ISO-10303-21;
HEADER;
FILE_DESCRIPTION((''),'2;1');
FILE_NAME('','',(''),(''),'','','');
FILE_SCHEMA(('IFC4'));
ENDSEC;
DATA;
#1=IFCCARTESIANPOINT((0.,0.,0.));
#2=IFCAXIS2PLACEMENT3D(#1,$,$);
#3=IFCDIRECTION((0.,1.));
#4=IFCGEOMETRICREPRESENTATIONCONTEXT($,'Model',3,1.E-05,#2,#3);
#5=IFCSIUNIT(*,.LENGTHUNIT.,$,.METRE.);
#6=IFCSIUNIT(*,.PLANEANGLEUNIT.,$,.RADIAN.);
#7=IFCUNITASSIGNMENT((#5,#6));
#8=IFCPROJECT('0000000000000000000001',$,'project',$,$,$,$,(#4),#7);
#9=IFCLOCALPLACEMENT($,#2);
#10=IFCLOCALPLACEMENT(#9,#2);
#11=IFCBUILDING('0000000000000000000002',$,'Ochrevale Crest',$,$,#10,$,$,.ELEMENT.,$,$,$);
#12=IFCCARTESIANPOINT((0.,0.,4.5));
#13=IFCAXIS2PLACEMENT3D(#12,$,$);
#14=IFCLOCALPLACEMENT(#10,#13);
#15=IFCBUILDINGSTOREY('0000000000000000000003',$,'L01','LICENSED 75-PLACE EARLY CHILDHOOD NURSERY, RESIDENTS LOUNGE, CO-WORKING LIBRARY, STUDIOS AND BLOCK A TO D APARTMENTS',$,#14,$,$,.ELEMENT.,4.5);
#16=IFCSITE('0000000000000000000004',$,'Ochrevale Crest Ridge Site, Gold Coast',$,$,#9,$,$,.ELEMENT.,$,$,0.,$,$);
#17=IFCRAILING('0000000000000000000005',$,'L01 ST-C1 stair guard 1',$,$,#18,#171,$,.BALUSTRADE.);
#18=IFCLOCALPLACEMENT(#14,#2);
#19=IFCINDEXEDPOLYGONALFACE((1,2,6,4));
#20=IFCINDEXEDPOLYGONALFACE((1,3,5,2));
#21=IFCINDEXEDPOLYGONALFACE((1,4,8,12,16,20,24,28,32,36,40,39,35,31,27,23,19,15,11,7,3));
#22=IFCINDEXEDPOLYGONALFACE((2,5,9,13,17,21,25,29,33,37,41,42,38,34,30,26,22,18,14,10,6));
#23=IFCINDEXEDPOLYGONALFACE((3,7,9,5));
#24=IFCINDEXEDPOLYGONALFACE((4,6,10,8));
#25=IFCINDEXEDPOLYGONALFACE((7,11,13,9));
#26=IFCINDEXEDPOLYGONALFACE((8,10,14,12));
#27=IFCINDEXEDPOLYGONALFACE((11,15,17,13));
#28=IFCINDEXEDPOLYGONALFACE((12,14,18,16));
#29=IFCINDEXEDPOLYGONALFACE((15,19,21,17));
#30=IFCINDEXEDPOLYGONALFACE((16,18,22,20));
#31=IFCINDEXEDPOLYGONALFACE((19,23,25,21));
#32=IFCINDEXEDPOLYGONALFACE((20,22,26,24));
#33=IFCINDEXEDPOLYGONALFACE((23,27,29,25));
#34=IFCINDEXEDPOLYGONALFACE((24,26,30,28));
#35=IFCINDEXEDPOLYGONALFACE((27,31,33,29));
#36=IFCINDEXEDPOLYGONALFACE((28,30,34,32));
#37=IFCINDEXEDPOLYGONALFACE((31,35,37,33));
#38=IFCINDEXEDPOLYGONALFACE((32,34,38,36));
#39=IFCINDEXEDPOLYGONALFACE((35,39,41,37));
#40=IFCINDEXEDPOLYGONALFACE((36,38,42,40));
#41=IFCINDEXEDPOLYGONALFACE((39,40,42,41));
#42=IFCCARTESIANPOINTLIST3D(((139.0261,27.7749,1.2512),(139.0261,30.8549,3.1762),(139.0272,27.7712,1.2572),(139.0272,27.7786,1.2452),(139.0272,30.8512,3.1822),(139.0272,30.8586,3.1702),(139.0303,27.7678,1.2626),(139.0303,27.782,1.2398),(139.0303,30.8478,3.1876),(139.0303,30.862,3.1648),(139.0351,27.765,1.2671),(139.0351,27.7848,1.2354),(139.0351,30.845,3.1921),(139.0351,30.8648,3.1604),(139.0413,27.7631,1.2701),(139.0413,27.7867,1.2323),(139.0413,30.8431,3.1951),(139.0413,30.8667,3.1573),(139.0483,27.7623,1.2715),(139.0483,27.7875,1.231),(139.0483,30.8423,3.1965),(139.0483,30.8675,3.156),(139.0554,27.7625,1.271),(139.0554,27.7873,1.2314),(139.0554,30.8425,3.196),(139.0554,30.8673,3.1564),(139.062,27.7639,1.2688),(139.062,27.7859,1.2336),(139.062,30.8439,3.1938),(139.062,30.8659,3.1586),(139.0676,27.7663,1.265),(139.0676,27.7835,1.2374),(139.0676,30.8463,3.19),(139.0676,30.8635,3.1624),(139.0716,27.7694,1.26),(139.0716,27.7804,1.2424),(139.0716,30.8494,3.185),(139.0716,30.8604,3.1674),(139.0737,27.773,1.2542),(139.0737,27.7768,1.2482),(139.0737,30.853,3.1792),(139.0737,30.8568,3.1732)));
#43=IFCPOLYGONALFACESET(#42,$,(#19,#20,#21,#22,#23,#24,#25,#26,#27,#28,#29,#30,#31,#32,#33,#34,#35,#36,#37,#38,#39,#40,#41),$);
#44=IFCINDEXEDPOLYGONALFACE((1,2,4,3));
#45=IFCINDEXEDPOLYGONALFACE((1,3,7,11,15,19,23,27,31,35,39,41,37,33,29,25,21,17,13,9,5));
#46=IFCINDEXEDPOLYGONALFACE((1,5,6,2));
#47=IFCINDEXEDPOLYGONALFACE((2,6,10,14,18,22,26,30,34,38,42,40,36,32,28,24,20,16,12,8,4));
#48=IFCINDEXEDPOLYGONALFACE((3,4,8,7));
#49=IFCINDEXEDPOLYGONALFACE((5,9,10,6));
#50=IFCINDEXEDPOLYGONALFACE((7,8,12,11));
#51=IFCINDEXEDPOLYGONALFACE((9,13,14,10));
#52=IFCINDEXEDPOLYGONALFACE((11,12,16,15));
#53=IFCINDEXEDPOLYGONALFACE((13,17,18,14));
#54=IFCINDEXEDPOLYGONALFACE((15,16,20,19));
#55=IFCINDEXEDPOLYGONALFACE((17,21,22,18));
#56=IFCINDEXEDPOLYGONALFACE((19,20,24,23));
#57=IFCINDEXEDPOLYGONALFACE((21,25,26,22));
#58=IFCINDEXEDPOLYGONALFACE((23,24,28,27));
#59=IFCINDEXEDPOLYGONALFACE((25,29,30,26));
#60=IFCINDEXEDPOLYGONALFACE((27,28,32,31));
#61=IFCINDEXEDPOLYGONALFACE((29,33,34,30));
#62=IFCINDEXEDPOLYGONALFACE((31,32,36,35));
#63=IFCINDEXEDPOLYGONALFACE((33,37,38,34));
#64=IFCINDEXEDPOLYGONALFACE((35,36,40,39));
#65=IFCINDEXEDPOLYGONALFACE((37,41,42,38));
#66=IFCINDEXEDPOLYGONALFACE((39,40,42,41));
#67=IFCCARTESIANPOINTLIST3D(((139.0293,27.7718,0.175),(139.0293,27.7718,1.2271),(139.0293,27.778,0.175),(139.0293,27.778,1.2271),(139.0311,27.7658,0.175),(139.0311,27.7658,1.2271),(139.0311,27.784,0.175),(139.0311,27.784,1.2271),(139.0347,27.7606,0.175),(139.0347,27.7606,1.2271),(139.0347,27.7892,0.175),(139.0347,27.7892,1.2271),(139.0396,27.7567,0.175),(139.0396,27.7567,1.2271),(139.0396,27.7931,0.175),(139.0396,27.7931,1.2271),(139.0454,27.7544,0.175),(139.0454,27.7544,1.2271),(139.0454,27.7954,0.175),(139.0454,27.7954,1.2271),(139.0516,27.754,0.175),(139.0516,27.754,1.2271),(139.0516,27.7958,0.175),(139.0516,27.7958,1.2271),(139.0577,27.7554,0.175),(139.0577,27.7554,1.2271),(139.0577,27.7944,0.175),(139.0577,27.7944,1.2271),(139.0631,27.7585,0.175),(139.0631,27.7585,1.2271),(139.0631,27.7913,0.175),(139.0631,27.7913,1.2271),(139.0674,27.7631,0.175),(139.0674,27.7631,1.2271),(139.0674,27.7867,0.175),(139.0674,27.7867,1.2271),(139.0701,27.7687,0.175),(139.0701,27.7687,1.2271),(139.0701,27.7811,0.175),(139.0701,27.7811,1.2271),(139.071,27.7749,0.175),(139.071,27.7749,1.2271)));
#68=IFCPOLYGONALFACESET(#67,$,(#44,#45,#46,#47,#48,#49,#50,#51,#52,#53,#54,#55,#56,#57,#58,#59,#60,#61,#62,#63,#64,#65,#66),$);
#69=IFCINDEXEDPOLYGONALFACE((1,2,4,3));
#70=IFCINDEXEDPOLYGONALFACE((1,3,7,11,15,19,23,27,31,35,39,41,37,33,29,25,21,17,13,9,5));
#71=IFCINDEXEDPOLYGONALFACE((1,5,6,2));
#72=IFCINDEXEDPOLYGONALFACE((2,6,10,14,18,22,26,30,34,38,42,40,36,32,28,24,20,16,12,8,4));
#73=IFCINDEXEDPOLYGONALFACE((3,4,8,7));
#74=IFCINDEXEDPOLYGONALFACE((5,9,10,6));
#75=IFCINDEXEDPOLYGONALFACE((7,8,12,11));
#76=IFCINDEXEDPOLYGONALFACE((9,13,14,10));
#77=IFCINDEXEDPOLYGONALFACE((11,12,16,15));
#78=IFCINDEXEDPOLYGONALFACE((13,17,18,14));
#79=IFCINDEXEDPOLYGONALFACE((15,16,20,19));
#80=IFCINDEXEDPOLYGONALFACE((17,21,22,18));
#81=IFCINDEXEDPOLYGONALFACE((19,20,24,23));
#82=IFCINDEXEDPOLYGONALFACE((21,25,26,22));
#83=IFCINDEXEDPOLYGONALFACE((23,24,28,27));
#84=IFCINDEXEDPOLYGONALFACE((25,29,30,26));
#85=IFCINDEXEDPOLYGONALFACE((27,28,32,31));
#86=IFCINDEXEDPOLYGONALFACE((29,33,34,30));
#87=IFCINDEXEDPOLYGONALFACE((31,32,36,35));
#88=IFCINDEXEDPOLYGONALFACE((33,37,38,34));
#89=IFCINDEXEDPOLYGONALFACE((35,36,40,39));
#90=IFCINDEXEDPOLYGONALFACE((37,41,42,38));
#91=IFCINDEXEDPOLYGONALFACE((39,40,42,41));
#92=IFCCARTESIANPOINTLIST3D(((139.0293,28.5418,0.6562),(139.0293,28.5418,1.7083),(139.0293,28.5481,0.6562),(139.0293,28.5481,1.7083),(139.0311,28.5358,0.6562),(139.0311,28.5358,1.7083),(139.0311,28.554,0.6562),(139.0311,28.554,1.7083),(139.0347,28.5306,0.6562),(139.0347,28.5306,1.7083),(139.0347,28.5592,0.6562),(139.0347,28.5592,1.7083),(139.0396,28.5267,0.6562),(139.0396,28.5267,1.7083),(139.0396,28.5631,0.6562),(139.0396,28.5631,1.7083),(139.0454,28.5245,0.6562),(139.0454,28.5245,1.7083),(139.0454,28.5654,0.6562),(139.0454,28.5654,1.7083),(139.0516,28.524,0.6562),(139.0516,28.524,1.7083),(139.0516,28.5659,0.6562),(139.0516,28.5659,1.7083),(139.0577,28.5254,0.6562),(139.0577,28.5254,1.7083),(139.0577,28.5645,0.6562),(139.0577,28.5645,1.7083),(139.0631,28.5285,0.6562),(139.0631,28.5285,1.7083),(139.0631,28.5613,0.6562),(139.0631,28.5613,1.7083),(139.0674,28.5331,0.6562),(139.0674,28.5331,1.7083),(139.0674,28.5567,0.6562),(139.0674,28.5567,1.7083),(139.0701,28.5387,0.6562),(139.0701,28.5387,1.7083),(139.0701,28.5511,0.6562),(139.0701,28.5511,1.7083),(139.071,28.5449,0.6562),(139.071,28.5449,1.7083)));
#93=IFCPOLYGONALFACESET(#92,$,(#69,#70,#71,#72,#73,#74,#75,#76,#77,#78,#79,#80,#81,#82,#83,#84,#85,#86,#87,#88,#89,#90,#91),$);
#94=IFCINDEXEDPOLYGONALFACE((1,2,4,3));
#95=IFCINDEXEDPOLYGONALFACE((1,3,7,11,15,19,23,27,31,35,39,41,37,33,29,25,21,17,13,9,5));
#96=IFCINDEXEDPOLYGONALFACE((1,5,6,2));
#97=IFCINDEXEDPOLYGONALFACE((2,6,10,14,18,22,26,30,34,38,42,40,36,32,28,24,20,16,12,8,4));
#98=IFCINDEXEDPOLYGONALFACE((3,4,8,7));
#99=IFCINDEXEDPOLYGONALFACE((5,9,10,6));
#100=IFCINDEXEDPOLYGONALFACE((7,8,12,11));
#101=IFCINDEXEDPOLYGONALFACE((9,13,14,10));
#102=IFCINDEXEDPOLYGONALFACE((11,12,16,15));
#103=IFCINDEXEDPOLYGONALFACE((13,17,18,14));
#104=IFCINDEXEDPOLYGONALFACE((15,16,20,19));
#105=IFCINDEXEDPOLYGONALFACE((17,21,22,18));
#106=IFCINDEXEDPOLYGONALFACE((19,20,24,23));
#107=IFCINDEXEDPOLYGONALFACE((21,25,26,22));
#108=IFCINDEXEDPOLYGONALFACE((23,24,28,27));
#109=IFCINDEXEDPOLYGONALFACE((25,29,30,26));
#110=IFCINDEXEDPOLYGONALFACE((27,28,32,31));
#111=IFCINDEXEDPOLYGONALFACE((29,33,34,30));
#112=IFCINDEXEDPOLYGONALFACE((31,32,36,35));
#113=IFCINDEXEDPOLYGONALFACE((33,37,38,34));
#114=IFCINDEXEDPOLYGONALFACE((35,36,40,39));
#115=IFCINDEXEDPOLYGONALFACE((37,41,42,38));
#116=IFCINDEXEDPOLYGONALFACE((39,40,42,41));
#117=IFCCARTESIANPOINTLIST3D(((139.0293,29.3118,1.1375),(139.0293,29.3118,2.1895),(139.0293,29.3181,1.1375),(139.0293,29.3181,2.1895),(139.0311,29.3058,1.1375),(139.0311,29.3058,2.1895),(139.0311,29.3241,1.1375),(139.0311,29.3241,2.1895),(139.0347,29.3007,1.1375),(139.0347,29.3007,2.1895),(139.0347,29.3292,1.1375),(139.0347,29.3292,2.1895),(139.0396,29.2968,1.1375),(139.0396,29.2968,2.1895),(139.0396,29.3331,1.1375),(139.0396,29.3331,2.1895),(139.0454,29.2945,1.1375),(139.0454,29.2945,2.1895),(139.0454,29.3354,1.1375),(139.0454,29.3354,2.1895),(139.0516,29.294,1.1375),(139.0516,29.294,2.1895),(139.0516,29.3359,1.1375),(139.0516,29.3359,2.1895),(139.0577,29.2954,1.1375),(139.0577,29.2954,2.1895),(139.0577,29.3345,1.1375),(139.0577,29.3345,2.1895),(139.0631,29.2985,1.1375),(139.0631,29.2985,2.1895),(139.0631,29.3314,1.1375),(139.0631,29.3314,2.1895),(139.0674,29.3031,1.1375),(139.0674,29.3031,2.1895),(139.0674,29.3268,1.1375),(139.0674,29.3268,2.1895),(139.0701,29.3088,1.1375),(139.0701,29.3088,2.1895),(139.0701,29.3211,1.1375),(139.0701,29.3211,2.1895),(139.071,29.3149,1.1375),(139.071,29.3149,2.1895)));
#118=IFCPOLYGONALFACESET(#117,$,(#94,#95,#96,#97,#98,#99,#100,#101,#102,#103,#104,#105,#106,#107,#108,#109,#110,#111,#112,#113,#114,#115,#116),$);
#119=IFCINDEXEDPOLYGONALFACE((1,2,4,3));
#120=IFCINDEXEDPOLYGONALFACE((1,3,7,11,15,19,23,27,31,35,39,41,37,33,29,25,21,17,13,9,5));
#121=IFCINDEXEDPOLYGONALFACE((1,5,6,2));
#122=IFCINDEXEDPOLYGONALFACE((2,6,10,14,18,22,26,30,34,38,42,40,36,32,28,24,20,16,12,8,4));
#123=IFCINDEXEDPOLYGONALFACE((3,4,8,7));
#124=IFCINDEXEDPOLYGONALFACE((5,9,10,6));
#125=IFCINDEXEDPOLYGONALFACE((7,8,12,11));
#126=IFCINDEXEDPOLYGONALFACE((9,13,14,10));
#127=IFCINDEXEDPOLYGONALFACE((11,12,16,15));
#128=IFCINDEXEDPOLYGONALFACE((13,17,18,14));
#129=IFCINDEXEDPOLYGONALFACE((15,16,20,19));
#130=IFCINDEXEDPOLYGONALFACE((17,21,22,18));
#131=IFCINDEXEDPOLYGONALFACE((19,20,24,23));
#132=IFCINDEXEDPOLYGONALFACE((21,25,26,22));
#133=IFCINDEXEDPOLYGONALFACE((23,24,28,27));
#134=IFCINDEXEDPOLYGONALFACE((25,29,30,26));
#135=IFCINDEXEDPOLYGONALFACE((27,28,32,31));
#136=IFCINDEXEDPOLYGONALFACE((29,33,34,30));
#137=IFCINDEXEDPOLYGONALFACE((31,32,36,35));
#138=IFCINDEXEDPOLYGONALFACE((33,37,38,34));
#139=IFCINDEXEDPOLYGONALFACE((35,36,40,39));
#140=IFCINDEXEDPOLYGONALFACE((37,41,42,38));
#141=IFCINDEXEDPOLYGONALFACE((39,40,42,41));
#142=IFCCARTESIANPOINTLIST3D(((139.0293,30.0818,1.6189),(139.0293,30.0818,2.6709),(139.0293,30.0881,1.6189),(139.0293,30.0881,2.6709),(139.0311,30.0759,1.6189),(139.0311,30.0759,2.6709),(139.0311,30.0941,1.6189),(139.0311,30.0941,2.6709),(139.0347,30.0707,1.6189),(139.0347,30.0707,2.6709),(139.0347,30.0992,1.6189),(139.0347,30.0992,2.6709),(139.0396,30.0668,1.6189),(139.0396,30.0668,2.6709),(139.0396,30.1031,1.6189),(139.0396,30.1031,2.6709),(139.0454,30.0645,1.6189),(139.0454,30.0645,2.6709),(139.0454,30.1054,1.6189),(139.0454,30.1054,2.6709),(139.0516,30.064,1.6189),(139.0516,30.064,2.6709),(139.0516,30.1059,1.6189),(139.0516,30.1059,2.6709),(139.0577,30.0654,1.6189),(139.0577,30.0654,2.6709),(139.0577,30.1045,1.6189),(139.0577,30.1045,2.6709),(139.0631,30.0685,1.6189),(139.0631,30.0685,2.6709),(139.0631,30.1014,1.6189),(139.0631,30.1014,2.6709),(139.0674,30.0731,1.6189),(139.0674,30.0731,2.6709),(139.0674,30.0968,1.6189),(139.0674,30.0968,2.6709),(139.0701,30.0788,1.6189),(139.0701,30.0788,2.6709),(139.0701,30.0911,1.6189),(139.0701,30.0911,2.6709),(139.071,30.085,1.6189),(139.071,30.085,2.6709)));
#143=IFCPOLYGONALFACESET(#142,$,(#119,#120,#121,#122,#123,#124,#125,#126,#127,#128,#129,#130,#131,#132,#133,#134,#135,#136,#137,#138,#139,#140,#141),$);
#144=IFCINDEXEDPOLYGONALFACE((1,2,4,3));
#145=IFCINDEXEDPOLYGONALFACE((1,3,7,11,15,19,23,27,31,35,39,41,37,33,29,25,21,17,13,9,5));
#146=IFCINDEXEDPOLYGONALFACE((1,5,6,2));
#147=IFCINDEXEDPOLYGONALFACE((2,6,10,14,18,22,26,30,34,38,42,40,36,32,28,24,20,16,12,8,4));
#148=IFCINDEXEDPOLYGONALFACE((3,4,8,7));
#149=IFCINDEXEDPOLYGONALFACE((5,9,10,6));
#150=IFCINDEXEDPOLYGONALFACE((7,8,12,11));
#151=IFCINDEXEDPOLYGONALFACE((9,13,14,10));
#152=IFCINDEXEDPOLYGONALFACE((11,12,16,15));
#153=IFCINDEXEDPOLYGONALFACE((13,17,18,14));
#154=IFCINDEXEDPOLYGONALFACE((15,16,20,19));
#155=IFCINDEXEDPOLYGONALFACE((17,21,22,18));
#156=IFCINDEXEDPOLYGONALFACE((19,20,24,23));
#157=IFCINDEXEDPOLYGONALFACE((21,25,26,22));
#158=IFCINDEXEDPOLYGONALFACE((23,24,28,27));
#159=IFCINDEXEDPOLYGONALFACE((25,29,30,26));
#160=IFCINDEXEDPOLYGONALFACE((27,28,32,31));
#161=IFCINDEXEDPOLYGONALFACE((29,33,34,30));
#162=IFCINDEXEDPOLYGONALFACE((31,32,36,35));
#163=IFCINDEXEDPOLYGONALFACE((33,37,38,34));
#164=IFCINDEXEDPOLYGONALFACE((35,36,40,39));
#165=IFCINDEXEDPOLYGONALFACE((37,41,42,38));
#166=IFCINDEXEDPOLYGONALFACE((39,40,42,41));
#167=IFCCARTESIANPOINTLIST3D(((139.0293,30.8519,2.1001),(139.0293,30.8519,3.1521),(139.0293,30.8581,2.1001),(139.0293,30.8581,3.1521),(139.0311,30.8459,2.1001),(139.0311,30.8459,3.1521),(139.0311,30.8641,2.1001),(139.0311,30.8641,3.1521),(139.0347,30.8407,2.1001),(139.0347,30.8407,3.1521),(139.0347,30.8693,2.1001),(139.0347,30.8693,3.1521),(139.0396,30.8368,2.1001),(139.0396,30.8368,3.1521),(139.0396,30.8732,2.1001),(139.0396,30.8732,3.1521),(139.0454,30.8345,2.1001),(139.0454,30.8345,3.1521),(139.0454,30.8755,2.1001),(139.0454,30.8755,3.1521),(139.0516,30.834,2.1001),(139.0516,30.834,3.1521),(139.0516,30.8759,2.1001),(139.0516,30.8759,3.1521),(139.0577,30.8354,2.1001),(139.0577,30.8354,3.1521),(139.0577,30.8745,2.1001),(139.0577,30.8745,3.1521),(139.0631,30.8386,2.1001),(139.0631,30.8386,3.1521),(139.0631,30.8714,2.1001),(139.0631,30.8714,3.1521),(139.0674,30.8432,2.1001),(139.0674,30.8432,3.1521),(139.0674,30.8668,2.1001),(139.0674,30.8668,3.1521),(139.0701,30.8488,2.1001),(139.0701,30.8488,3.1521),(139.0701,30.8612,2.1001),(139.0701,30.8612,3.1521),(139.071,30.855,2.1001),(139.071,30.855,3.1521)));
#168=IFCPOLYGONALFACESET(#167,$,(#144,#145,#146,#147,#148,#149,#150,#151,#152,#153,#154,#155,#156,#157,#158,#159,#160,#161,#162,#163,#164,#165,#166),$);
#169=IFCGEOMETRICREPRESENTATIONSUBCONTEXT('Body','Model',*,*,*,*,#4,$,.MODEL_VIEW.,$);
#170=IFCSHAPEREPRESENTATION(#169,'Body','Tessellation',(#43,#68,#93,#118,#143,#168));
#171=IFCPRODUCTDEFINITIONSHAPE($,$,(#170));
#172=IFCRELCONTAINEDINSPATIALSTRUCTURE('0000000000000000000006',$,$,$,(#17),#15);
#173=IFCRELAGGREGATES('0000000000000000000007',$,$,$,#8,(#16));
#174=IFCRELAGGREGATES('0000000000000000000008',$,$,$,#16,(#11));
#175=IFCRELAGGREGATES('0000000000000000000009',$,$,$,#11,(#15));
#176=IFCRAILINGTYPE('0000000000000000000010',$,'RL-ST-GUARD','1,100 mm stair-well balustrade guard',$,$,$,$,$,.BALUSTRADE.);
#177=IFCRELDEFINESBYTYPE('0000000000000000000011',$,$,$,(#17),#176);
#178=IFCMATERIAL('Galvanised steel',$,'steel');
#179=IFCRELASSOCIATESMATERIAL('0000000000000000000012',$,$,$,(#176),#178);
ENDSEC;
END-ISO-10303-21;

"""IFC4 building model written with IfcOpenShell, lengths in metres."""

from ifc_helpers import new_model, si_unit, direction, frame, origin, origin_2d, place, context, subcontext, project, spatial, circle, extrude, material, type_object, element, save


model = new_model("IFC4")

# Units and contexts
model_context = context("Model", 3, precision=1e-05, world=origin(), true_north=direction((0.0, 1.0)))
body_context = subcontext(model_context, "Body", "Model", "MODEL_VIEW")
ifc_project = project(units=[si_unit("LENGTHUNIT", "METRE"), si_unit("PLANEANGLEUNIT", "RADIAN")], contexts=[model_context])

# Site, building, storey
site_placement = place(None, origin())
site = spatial("IfcSite", under=ifc_project, at=site_placement, Name="Ochrevale Crest Ridge Site, Gold Coast", CompositionType="ELEMENT", RefElevation=0.0)
building_placement = place(site_placement, origin())
building = spatial("IfcBuilding", under=site, at=building_placement, Name="Ochrevale Crest", CompositionType="ELEMENT")
storey_placement = place(building_placement, frame((0.0, 0.0, 4.5)))
storey = spatial("IfcBuildingStorey", under=building, at=storey_placement, Name="L01", Description="LICENSED 75-PLACE EARLY CHILDHOOD NURSERY, RESIDENTS LOUNGE, CO-WORKING LIBRARY, STUDIOS AND BLOCK A TO D APARTMENTS", CompositionType="ELEMENT", Elevation=4.5)

# Railing
ifc_material_1 = material(Name="Galvanised steel", Category="steel")
railing_type_1 = type_object("IfcRailingType", Name="RL-ST-GUARD", Description="1,100 mm stair-well balustrade guard", PredefinedType="BALUSTRADE", material=ifc_material_1)
railing_1_placement = place(storey_placement, frame((139.05, 27.7749, 0.175)))
element("IfcRailing", 1, at=railing_1_placement, inside=storey, type_object=railing_type_1, Name="L01 ST-C1 stair guard 1", PredefinedType="BALUSTRADE", context=body_context, shape_type="SweptSolid", body=[
    extrude(circle(Radius=0.0239, at=origin_2d()), frame((0.0, 0.0, 1.0762), z_axis=(0.0, 0.847998, 0.529999), x_axis=(-1.0, 0.0, 0.0)), (0.0, 0.0, 1.0), 3.6321),
    extrude(circle(Radius=0.021, at=origin_2d()), origin(), (0.0, 0.0, 1.0), 1.052),
    extrude(circle(Radius=0.021, at=origin_2d()), frame((0.0, 0.77, 0.4812)), (0.0, 0.0, 1.0), 1.052),
    extrude(circle(Radius=0.021, at=origin_2d()), frame((0.0, 1.54, 0.9624)), (0.0, 0.0, 1.0), 1.052),
    extrude(circle(Radius=0.021, at=origin_2d()), frame((0.0, 2.3101, 1.4438)), (0.0, 0.0, 1.0), 1.052),
    extrude(circle(Radius=0.021, at=origin_2d()), frame((0.0, 3.0801, 1.925)), (0.0, 0.0, 1.0), 1.052),
])

save(model, "model.ifc")
